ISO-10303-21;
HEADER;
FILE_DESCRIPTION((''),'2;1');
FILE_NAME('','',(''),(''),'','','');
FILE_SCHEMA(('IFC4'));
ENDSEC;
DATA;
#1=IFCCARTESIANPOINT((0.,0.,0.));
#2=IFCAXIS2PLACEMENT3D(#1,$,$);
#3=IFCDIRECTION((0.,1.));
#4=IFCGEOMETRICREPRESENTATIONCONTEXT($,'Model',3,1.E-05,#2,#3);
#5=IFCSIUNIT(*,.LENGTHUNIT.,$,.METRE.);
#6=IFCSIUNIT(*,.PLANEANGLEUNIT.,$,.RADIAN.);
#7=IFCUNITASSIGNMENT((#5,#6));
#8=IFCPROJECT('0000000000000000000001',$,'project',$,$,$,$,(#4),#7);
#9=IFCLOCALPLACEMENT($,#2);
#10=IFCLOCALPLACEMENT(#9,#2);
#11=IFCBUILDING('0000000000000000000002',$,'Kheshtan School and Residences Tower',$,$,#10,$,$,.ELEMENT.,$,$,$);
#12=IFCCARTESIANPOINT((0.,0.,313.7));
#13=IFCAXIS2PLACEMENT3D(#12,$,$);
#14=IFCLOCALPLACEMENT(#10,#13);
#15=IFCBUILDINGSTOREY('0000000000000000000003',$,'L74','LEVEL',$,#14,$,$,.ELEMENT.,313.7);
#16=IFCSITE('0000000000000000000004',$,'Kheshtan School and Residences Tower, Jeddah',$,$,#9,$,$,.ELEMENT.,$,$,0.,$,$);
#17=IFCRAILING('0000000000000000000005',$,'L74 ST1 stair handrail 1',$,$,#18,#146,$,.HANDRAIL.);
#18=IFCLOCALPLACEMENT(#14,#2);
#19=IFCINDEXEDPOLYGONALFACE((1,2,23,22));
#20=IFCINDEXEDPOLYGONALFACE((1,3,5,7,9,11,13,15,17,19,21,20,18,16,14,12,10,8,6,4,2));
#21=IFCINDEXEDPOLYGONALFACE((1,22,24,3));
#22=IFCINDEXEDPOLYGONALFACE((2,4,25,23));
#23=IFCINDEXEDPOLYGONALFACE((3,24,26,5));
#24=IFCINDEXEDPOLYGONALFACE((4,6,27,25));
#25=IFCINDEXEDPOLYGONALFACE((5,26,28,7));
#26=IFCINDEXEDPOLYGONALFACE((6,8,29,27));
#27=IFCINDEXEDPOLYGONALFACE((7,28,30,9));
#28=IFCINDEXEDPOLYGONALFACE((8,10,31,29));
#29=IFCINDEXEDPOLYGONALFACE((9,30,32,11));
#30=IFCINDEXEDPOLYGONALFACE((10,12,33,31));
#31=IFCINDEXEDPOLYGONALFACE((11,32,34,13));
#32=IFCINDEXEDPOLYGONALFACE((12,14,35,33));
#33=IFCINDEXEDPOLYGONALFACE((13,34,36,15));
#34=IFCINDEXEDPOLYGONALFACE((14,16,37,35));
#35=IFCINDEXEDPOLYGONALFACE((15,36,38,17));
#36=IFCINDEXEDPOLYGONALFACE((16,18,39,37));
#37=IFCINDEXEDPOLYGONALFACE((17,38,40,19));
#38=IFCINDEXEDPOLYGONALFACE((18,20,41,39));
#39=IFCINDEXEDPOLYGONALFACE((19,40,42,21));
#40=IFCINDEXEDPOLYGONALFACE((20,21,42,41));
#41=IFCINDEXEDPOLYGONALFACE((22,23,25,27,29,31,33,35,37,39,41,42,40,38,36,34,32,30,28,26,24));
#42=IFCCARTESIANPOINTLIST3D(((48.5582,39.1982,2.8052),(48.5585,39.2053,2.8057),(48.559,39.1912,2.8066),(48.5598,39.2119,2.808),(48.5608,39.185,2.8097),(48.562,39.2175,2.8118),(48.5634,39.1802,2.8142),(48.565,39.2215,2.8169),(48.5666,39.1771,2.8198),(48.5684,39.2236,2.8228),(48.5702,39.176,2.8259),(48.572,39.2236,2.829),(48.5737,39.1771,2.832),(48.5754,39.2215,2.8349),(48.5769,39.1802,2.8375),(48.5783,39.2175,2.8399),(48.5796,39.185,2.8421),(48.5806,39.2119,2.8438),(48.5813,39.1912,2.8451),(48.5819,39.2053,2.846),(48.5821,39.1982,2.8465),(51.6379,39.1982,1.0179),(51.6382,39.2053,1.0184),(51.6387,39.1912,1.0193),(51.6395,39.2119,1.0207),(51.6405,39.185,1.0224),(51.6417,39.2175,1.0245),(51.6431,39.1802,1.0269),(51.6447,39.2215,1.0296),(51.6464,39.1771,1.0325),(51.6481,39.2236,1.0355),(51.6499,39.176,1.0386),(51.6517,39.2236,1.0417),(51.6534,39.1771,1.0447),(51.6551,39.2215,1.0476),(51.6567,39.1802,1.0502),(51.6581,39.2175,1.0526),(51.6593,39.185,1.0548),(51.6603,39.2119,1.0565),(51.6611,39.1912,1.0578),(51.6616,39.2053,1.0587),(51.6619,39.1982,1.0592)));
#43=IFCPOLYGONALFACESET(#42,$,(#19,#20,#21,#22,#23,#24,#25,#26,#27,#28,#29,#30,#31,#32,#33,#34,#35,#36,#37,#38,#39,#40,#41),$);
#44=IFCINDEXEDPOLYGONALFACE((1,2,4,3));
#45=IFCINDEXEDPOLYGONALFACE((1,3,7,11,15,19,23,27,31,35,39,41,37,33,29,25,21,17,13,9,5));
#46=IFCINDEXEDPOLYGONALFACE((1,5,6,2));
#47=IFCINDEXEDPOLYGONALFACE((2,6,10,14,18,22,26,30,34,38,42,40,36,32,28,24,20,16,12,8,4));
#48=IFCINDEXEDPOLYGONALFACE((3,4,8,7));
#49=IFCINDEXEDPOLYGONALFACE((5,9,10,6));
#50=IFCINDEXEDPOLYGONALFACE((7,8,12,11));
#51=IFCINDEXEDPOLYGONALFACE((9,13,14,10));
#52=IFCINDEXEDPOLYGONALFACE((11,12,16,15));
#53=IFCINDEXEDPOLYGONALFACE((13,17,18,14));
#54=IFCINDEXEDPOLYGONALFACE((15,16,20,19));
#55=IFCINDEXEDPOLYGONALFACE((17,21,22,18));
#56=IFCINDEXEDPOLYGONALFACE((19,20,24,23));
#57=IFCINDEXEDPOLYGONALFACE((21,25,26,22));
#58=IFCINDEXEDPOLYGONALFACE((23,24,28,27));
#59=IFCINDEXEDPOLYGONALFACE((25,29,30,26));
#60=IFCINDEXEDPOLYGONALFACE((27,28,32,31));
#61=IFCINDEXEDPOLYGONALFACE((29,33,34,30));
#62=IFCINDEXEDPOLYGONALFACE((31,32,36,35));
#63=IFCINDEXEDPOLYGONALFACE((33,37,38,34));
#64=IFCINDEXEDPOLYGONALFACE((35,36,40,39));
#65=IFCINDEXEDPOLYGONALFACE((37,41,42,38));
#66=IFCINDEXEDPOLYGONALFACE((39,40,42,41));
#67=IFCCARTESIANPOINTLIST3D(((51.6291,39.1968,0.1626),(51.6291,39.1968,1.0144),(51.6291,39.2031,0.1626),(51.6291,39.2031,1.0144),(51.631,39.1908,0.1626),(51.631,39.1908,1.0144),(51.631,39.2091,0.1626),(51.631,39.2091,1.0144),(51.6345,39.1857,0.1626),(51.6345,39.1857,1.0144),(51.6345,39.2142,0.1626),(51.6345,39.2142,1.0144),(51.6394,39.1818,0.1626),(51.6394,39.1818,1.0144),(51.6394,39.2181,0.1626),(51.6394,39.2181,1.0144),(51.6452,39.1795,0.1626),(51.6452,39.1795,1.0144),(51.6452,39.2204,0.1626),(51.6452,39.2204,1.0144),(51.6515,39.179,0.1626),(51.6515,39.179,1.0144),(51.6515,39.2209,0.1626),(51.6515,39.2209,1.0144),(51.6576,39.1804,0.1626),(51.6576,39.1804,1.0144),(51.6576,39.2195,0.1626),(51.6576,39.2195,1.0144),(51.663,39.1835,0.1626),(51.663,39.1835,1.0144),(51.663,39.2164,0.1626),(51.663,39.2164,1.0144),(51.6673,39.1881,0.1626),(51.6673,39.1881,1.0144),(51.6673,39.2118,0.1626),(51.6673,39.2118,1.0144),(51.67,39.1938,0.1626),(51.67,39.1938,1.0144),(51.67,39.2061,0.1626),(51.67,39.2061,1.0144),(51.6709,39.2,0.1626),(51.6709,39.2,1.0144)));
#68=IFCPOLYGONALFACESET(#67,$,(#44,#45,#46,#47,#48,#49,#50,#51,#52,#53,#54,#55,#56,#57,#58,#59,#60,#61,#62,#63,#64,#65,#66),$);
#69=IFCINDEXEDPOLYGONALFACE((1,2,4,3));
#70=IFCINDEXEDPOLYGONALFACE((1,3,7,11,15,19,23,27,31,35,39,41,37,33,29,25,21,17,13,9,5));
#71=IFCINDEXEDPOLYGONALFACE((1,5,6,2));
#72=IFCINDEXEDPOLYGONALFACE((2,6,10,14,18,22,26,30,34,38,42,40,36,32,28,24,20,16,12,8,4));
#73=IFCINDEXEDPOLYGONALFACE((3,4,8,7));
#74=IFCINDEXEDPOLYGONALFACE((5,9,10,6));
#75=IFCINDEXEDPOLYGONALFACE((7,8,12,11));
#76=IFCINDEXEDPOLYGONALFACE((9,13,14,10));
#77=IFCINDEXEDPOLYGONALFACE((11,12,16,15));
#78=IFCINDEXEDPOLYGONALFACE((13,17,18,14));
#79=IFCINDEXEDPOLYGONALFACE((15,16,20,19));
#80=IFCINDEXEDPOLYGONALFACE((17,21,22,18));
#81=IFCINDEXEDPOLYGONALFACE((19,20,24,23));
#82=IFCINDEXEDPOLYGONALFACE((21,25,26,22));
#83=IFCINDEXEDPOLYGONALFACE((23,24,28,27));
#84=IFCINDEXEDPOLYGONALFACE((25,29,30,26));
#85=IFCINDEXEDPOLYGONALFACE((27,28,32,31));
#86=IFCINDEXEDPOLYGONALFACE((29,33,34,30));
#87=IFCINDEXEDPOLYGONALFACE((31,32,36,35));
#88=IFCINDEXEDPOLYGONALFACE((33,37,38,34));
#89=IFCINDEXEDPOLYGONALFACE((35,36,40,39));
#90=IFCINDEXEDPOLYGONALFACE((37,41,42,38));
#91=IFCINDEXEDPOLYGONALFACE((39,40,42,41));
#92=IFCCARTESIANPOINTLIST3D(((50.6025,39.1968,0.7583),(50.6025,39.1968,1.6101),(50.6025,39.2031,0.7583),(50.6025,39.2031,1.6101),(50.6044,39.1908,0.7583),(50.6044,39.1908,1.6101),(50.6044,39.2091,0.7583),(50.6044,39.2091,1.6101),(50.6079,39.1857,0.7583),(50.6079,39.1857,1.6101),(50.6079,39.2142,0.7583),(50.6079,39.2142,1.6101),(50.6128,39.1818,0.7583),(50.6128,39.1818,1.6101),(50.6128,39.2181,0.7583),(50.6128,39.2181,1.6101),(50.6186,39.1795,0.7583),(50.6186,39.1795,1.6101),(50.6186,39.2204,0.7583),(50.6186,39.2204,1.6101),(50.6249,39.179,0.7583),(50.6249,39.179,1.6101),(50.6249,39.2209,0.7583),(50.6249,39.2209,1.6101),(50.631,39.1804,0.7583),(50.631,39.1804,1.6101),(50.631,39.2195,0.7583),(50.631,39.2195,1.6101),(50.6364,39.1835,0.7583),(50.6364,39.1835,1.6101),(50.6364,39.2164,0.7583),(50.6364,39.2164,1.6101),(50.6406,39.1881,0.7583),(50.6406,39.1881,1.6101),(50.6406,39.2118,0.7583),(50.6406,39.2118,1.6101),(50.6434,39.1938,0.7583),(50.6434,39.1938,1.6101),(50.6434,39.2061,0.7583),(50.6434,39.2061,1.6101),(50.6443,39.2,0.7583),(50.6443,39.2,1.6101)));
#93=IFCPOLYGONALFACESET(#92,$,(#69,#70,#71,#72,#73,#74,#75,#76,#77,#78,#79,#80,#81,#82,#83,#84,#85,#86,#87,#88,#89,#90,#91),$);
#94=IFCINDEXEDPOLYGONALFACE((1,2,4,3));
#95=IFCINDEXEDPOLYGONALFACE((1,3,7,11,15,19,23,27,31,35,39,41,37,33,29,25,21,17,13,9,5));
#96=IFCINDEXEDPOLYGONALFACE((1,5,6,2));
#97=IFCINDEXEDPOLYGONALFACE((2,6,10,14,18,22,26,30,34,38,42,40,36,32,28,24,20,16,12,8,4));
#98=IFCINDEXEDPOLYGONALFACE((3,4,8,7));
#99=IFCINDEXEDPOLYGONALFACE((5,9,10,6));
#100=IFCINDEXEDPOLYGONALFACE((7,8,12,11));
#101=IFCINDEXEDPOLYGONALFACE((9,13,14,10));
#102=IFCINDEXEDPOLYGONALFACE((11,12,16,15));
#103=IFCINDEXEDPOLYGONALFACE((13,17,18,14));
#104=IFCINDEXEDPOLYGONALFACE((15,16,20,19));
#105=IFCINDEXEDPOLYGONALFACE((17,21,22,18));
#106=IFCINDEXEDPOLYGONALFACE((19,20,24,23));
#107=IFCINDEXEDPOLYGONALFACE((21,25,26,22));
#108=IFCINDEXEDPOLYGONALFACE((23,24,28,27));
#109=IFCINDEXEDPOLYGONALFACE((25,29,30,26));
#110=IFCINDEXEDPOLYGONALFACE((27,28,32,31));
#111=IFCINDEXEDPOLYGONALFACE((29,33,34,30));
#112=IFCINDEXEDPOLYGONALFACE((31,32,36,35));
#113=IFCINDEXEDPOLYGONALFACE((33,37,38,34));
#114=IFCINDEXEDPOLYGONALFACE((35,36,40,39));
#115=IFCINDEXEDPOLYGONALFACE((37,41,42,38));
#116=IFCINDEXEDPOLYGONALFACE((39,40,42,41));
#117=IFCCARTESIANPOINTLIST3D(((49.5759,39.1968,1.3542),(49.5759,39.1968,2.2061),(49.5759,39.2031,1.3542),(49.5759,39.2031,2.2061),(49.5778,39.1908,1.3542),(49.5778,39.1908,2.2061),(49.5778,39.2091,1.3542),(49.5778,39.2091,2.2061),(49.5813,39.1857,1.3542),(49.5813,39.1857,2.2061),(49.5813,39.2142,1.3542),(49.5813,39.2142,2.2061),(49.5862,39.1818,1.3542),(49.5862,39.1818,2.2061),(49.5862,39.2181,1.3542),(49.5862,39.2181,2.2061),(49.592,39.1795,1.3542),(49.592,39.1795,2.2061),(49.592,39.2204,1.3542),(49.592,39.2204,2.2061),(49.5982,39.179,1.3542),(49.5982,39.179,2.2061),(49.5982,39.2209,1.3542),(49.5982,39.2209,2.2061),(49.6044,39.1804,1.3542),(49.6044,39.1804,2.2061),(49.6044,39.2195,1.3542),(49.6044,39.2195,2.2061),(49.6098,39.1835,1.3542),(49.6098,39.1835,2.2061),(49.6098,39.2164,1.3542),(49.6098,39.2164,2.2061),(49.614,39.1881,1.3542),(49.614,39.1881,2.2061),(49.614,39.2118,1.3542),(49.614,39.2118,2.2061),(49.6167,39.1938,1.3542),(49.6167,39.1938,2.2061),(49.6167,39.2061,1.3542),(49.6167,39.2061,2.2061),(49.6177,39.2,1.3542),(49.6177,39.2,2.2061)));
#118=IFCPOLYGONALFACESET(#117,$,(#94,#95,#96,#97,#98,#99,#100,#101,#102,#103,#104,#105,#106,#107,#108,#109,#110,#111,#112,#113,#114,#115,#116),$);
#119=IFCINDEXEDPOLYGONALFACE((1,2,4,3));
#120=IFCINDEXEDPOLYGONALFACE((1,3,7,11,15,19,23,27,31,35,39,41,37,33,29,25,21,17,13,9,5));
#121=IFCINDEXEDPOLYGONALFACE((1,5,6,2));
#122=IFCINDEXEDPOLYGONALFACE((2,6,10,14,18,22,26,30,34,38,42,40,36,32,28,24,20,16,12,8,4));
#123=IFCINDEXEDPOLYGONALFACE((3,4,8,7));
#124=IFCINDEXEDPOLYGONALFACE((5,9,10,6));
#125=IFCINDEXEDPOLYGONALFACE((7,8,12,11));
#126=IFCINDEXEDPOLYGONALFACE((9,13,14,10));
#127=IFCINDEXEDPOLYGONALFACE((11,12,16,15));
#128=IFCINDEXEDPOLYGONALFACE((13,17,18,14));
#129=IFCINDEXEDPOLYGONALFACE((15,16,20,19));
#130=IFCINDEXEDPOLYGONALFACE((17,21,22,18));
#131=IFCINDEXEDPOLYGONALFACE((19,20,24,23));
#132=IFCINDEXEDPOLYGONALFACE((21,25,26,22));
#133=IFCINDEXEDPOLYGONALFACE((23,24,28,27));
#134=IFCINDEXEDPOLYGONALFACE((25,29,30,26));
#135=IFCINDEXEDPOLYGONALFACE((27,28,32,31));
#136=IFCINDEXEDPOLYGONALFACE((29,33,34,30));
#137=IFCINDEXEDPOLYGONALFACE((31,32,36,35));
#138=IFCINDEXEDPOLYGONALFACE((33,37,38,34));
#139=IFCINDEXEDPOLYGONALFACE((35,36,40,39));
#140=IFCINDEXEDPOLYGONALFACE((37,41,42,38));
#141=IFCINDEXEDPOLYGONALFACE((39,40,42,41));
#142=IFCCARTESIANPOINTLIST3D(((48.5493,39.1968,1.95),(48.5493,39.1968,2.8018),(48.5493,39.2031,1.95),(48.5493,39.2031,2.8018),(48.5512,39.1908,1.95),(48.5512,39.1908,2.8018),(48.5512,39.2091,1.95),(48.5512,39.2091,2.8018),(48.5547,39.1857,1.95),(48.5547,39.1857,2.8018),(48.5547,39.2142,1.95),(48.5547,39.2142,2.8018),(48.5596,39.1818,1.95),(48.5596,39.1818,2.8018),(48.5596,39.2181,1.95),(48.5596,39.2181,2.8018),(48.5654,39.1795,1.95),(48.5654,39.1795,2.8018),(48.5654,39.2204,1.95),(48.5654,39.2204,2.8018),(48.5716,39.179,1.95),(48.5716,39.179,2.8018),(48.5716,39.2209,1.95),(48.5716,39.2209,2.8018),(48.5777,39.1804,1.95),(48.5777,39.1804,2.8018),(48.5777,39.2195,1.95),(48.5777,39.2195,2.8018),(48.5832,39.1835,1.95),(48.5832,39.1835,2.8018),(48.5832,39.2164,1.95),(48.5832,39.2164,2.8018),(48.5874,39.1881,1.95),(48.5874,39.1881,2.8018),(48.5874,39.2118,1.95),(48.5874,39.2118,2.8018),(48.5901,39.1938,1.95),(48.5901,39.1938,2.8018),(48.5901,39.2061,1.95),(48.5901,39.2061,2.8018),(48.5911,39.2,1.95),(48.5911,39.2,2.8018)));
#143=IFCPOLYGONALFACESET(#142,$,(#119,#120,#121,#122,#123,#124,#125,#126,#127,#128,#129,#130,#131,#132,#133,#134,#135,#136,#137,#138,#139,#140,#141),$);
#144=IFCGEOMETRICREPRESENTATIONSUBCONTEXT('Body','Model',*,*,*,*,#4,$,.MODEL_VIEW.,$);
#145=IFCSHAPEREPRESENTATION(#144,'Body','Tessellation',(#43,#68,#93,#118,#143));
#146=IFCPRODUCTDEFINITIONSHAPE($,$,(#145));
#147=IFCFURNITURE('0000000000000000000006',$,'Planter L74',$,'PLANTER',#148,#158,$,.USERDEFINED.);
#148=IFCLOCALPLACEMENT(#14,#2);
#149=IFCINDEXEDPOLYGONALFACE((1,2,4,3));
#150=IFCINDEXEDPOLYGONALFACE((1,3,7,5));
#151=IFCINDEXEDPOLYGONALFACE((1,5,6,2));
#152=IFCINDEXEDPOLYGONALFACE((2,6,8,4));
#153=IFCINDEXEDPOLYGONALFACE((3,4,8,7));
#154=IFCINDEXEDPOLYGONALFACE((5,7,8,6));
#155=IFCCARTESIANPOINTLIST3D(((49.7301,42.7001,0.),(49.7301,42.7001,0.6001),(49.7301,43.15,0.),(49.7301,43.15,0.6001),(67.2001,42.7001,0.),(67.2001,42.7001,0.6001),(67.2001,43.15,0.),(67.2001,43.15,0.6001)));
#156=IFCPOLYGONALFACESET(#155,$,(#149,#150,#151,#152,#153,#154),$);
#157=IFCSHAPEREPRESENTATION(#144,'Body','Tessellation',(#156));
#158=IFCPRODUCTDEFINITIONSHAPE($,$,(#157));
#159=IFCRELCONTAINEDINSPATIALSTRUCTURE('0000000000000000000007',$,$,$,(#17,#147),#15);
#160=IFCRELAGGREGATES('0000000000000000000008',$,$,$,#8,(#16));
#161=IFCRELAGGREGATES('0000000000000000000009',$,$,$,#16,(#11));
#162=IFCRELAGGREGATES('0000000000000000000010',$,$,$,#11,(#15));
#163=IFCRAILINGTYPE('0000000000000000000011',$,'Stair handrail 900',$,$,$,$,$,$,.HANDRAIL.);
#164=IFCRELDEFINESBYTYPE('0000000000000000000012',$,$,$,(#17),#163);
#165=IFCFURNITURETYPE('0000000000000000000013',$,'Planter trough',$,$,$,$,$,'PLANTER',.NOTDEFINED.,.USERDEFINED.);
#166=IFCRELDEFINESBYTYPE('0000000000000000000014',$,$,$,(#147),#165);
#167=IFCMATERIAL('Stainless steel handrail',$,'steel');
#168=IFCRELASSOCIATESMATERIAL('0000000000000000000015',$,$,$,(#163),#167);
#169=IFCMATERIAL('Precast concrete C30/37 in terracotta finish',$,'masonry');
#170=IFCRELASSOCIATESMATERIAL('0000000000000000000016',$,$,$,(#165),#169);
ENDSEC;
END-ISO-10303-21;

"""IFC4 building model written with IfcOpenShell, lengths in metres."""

from ifc_helpers import new_model, si_unit, direction, frame, origin, origin_2d, place, context, subcontext, project, spatial, rectangle, circle, extrude, material, type_object, element, save


model = new_model("IFC4")

# Units and contexts
model_context = context("Model", 3, precision=1e-05, world=origin(), true_north=direction((0.0, 1.0)))
body_context = subcontext(model_context, "Body", "Model", "MODEL_VIEW")
ifc_project = project(units=[si_unit("LENGTHUNIT", "METRE"), si_unit("PLANEANGLEUNIT", "RADIAN")], contexts=[model_context])

# Site, building, storey
site_placement = place(None, origin())
site = spatial("IfcSite", under=ifc_project, at=site_placement, Name="Kheshtan School and Residences Tower, Jeddah", CompositionType="ELEMENT", RefElevation=0.0)
building_placement = place(site_placement, origin())
building = spatial("IfcBuilding", under=site, at=building_placement, Name="Kheshtan School and Residences Tower", CompositionType="ELEMENT")
storey_placement = place(building_placement, frame((0.0, 0.0, 313.7)))
storey = spatial("IfcBuildingStorey", under=building, at=storey_placement, Name="L74", Description="LEVEL", CompositionType="ELEMENT", Elevation=313.7)

# Railing
ifc_material_1 = material(Name="Stainless steel handrail", Category="steel")
railing_type_1 = type_object("IfcRailingType", Name="Stair handrail 900", PredefinedType="HANDRAIL", material=ifc_material_1)
railing_1_placement = place(storey_placement, frame((51.6499, 39.2, 0.1626)))
element("IfcRailing", 1, at=railing_1_placement, inside=storey, type_object=railing_type_1, Name="L74 ST1 stair handrail 1", PredefinedType="HANDRAIL", context=body_context, shape_type="SweptSolid", body=[
    extrude(circle(Radius=0.0239, at=origin_2d()), frame((0.0, 0.0, 0.876), z_axis=(-0.864903, 0.0, 0.501939), x_axis=(0.0, -1.0, 0.0)), (0.0, 0.0, 1.0), 3.5608),
    extrude(circle(Radius=0.021, at=origin_2d()), origin(), (0.0, 0.0, 1.0), 0.8518),
    extrude(circle(Radius=0.021, at=origin_2d()), frame((-1.0266, 0.0, 0.5957)), (0.0, 0.0, 1.0), 0.8518),
    extrude(circle(Radius=0.021, at=origin_2d()), frame((-2.0532, 0.0, 1.1917)), (0.0, 0.0, 1.0), 0.8518),
    extrude(circle(Radius=0.021, at=origin_2d()), frame((-3.0798, 0.0, 1.7874)), (0.0, 0.0, 1.0), 0.8518),
])

# Furniture
ifc_material_2 = material(Name="Precast concrete C30/37 in terracotta finish", Category="masonry")
furniture_type = type_object("IfcFurnitureType", Name="Planter trough", ElementType="PLANTER", AssemblyPlace="NOTDEFINED", PredefinedType="USERDEFINED", material=ifc_material_2)
furniture_placement = place(storey_placement, frame((58.4651, 42.925, 0.0), z_axis=(0.0, 0.0, 1.0), x_axis=(1.0, 0.0, 0.0)))
element("IfcFurniture", 2, at=furniture_placement, inside=storey, type_object=furniture_type, Name="Planter L74", ObjectType="PLANTER", PredefinedType="USERDEFINED", context=body_context, shape_type="SweptSolid", body=[
    extrude(rectangle(XDim=17.47, YDim=0.45, at=origin_2d()), origin(), (0.0, 0.0, 1.0), 0.6001),
])

save(model, "model.ifc")
